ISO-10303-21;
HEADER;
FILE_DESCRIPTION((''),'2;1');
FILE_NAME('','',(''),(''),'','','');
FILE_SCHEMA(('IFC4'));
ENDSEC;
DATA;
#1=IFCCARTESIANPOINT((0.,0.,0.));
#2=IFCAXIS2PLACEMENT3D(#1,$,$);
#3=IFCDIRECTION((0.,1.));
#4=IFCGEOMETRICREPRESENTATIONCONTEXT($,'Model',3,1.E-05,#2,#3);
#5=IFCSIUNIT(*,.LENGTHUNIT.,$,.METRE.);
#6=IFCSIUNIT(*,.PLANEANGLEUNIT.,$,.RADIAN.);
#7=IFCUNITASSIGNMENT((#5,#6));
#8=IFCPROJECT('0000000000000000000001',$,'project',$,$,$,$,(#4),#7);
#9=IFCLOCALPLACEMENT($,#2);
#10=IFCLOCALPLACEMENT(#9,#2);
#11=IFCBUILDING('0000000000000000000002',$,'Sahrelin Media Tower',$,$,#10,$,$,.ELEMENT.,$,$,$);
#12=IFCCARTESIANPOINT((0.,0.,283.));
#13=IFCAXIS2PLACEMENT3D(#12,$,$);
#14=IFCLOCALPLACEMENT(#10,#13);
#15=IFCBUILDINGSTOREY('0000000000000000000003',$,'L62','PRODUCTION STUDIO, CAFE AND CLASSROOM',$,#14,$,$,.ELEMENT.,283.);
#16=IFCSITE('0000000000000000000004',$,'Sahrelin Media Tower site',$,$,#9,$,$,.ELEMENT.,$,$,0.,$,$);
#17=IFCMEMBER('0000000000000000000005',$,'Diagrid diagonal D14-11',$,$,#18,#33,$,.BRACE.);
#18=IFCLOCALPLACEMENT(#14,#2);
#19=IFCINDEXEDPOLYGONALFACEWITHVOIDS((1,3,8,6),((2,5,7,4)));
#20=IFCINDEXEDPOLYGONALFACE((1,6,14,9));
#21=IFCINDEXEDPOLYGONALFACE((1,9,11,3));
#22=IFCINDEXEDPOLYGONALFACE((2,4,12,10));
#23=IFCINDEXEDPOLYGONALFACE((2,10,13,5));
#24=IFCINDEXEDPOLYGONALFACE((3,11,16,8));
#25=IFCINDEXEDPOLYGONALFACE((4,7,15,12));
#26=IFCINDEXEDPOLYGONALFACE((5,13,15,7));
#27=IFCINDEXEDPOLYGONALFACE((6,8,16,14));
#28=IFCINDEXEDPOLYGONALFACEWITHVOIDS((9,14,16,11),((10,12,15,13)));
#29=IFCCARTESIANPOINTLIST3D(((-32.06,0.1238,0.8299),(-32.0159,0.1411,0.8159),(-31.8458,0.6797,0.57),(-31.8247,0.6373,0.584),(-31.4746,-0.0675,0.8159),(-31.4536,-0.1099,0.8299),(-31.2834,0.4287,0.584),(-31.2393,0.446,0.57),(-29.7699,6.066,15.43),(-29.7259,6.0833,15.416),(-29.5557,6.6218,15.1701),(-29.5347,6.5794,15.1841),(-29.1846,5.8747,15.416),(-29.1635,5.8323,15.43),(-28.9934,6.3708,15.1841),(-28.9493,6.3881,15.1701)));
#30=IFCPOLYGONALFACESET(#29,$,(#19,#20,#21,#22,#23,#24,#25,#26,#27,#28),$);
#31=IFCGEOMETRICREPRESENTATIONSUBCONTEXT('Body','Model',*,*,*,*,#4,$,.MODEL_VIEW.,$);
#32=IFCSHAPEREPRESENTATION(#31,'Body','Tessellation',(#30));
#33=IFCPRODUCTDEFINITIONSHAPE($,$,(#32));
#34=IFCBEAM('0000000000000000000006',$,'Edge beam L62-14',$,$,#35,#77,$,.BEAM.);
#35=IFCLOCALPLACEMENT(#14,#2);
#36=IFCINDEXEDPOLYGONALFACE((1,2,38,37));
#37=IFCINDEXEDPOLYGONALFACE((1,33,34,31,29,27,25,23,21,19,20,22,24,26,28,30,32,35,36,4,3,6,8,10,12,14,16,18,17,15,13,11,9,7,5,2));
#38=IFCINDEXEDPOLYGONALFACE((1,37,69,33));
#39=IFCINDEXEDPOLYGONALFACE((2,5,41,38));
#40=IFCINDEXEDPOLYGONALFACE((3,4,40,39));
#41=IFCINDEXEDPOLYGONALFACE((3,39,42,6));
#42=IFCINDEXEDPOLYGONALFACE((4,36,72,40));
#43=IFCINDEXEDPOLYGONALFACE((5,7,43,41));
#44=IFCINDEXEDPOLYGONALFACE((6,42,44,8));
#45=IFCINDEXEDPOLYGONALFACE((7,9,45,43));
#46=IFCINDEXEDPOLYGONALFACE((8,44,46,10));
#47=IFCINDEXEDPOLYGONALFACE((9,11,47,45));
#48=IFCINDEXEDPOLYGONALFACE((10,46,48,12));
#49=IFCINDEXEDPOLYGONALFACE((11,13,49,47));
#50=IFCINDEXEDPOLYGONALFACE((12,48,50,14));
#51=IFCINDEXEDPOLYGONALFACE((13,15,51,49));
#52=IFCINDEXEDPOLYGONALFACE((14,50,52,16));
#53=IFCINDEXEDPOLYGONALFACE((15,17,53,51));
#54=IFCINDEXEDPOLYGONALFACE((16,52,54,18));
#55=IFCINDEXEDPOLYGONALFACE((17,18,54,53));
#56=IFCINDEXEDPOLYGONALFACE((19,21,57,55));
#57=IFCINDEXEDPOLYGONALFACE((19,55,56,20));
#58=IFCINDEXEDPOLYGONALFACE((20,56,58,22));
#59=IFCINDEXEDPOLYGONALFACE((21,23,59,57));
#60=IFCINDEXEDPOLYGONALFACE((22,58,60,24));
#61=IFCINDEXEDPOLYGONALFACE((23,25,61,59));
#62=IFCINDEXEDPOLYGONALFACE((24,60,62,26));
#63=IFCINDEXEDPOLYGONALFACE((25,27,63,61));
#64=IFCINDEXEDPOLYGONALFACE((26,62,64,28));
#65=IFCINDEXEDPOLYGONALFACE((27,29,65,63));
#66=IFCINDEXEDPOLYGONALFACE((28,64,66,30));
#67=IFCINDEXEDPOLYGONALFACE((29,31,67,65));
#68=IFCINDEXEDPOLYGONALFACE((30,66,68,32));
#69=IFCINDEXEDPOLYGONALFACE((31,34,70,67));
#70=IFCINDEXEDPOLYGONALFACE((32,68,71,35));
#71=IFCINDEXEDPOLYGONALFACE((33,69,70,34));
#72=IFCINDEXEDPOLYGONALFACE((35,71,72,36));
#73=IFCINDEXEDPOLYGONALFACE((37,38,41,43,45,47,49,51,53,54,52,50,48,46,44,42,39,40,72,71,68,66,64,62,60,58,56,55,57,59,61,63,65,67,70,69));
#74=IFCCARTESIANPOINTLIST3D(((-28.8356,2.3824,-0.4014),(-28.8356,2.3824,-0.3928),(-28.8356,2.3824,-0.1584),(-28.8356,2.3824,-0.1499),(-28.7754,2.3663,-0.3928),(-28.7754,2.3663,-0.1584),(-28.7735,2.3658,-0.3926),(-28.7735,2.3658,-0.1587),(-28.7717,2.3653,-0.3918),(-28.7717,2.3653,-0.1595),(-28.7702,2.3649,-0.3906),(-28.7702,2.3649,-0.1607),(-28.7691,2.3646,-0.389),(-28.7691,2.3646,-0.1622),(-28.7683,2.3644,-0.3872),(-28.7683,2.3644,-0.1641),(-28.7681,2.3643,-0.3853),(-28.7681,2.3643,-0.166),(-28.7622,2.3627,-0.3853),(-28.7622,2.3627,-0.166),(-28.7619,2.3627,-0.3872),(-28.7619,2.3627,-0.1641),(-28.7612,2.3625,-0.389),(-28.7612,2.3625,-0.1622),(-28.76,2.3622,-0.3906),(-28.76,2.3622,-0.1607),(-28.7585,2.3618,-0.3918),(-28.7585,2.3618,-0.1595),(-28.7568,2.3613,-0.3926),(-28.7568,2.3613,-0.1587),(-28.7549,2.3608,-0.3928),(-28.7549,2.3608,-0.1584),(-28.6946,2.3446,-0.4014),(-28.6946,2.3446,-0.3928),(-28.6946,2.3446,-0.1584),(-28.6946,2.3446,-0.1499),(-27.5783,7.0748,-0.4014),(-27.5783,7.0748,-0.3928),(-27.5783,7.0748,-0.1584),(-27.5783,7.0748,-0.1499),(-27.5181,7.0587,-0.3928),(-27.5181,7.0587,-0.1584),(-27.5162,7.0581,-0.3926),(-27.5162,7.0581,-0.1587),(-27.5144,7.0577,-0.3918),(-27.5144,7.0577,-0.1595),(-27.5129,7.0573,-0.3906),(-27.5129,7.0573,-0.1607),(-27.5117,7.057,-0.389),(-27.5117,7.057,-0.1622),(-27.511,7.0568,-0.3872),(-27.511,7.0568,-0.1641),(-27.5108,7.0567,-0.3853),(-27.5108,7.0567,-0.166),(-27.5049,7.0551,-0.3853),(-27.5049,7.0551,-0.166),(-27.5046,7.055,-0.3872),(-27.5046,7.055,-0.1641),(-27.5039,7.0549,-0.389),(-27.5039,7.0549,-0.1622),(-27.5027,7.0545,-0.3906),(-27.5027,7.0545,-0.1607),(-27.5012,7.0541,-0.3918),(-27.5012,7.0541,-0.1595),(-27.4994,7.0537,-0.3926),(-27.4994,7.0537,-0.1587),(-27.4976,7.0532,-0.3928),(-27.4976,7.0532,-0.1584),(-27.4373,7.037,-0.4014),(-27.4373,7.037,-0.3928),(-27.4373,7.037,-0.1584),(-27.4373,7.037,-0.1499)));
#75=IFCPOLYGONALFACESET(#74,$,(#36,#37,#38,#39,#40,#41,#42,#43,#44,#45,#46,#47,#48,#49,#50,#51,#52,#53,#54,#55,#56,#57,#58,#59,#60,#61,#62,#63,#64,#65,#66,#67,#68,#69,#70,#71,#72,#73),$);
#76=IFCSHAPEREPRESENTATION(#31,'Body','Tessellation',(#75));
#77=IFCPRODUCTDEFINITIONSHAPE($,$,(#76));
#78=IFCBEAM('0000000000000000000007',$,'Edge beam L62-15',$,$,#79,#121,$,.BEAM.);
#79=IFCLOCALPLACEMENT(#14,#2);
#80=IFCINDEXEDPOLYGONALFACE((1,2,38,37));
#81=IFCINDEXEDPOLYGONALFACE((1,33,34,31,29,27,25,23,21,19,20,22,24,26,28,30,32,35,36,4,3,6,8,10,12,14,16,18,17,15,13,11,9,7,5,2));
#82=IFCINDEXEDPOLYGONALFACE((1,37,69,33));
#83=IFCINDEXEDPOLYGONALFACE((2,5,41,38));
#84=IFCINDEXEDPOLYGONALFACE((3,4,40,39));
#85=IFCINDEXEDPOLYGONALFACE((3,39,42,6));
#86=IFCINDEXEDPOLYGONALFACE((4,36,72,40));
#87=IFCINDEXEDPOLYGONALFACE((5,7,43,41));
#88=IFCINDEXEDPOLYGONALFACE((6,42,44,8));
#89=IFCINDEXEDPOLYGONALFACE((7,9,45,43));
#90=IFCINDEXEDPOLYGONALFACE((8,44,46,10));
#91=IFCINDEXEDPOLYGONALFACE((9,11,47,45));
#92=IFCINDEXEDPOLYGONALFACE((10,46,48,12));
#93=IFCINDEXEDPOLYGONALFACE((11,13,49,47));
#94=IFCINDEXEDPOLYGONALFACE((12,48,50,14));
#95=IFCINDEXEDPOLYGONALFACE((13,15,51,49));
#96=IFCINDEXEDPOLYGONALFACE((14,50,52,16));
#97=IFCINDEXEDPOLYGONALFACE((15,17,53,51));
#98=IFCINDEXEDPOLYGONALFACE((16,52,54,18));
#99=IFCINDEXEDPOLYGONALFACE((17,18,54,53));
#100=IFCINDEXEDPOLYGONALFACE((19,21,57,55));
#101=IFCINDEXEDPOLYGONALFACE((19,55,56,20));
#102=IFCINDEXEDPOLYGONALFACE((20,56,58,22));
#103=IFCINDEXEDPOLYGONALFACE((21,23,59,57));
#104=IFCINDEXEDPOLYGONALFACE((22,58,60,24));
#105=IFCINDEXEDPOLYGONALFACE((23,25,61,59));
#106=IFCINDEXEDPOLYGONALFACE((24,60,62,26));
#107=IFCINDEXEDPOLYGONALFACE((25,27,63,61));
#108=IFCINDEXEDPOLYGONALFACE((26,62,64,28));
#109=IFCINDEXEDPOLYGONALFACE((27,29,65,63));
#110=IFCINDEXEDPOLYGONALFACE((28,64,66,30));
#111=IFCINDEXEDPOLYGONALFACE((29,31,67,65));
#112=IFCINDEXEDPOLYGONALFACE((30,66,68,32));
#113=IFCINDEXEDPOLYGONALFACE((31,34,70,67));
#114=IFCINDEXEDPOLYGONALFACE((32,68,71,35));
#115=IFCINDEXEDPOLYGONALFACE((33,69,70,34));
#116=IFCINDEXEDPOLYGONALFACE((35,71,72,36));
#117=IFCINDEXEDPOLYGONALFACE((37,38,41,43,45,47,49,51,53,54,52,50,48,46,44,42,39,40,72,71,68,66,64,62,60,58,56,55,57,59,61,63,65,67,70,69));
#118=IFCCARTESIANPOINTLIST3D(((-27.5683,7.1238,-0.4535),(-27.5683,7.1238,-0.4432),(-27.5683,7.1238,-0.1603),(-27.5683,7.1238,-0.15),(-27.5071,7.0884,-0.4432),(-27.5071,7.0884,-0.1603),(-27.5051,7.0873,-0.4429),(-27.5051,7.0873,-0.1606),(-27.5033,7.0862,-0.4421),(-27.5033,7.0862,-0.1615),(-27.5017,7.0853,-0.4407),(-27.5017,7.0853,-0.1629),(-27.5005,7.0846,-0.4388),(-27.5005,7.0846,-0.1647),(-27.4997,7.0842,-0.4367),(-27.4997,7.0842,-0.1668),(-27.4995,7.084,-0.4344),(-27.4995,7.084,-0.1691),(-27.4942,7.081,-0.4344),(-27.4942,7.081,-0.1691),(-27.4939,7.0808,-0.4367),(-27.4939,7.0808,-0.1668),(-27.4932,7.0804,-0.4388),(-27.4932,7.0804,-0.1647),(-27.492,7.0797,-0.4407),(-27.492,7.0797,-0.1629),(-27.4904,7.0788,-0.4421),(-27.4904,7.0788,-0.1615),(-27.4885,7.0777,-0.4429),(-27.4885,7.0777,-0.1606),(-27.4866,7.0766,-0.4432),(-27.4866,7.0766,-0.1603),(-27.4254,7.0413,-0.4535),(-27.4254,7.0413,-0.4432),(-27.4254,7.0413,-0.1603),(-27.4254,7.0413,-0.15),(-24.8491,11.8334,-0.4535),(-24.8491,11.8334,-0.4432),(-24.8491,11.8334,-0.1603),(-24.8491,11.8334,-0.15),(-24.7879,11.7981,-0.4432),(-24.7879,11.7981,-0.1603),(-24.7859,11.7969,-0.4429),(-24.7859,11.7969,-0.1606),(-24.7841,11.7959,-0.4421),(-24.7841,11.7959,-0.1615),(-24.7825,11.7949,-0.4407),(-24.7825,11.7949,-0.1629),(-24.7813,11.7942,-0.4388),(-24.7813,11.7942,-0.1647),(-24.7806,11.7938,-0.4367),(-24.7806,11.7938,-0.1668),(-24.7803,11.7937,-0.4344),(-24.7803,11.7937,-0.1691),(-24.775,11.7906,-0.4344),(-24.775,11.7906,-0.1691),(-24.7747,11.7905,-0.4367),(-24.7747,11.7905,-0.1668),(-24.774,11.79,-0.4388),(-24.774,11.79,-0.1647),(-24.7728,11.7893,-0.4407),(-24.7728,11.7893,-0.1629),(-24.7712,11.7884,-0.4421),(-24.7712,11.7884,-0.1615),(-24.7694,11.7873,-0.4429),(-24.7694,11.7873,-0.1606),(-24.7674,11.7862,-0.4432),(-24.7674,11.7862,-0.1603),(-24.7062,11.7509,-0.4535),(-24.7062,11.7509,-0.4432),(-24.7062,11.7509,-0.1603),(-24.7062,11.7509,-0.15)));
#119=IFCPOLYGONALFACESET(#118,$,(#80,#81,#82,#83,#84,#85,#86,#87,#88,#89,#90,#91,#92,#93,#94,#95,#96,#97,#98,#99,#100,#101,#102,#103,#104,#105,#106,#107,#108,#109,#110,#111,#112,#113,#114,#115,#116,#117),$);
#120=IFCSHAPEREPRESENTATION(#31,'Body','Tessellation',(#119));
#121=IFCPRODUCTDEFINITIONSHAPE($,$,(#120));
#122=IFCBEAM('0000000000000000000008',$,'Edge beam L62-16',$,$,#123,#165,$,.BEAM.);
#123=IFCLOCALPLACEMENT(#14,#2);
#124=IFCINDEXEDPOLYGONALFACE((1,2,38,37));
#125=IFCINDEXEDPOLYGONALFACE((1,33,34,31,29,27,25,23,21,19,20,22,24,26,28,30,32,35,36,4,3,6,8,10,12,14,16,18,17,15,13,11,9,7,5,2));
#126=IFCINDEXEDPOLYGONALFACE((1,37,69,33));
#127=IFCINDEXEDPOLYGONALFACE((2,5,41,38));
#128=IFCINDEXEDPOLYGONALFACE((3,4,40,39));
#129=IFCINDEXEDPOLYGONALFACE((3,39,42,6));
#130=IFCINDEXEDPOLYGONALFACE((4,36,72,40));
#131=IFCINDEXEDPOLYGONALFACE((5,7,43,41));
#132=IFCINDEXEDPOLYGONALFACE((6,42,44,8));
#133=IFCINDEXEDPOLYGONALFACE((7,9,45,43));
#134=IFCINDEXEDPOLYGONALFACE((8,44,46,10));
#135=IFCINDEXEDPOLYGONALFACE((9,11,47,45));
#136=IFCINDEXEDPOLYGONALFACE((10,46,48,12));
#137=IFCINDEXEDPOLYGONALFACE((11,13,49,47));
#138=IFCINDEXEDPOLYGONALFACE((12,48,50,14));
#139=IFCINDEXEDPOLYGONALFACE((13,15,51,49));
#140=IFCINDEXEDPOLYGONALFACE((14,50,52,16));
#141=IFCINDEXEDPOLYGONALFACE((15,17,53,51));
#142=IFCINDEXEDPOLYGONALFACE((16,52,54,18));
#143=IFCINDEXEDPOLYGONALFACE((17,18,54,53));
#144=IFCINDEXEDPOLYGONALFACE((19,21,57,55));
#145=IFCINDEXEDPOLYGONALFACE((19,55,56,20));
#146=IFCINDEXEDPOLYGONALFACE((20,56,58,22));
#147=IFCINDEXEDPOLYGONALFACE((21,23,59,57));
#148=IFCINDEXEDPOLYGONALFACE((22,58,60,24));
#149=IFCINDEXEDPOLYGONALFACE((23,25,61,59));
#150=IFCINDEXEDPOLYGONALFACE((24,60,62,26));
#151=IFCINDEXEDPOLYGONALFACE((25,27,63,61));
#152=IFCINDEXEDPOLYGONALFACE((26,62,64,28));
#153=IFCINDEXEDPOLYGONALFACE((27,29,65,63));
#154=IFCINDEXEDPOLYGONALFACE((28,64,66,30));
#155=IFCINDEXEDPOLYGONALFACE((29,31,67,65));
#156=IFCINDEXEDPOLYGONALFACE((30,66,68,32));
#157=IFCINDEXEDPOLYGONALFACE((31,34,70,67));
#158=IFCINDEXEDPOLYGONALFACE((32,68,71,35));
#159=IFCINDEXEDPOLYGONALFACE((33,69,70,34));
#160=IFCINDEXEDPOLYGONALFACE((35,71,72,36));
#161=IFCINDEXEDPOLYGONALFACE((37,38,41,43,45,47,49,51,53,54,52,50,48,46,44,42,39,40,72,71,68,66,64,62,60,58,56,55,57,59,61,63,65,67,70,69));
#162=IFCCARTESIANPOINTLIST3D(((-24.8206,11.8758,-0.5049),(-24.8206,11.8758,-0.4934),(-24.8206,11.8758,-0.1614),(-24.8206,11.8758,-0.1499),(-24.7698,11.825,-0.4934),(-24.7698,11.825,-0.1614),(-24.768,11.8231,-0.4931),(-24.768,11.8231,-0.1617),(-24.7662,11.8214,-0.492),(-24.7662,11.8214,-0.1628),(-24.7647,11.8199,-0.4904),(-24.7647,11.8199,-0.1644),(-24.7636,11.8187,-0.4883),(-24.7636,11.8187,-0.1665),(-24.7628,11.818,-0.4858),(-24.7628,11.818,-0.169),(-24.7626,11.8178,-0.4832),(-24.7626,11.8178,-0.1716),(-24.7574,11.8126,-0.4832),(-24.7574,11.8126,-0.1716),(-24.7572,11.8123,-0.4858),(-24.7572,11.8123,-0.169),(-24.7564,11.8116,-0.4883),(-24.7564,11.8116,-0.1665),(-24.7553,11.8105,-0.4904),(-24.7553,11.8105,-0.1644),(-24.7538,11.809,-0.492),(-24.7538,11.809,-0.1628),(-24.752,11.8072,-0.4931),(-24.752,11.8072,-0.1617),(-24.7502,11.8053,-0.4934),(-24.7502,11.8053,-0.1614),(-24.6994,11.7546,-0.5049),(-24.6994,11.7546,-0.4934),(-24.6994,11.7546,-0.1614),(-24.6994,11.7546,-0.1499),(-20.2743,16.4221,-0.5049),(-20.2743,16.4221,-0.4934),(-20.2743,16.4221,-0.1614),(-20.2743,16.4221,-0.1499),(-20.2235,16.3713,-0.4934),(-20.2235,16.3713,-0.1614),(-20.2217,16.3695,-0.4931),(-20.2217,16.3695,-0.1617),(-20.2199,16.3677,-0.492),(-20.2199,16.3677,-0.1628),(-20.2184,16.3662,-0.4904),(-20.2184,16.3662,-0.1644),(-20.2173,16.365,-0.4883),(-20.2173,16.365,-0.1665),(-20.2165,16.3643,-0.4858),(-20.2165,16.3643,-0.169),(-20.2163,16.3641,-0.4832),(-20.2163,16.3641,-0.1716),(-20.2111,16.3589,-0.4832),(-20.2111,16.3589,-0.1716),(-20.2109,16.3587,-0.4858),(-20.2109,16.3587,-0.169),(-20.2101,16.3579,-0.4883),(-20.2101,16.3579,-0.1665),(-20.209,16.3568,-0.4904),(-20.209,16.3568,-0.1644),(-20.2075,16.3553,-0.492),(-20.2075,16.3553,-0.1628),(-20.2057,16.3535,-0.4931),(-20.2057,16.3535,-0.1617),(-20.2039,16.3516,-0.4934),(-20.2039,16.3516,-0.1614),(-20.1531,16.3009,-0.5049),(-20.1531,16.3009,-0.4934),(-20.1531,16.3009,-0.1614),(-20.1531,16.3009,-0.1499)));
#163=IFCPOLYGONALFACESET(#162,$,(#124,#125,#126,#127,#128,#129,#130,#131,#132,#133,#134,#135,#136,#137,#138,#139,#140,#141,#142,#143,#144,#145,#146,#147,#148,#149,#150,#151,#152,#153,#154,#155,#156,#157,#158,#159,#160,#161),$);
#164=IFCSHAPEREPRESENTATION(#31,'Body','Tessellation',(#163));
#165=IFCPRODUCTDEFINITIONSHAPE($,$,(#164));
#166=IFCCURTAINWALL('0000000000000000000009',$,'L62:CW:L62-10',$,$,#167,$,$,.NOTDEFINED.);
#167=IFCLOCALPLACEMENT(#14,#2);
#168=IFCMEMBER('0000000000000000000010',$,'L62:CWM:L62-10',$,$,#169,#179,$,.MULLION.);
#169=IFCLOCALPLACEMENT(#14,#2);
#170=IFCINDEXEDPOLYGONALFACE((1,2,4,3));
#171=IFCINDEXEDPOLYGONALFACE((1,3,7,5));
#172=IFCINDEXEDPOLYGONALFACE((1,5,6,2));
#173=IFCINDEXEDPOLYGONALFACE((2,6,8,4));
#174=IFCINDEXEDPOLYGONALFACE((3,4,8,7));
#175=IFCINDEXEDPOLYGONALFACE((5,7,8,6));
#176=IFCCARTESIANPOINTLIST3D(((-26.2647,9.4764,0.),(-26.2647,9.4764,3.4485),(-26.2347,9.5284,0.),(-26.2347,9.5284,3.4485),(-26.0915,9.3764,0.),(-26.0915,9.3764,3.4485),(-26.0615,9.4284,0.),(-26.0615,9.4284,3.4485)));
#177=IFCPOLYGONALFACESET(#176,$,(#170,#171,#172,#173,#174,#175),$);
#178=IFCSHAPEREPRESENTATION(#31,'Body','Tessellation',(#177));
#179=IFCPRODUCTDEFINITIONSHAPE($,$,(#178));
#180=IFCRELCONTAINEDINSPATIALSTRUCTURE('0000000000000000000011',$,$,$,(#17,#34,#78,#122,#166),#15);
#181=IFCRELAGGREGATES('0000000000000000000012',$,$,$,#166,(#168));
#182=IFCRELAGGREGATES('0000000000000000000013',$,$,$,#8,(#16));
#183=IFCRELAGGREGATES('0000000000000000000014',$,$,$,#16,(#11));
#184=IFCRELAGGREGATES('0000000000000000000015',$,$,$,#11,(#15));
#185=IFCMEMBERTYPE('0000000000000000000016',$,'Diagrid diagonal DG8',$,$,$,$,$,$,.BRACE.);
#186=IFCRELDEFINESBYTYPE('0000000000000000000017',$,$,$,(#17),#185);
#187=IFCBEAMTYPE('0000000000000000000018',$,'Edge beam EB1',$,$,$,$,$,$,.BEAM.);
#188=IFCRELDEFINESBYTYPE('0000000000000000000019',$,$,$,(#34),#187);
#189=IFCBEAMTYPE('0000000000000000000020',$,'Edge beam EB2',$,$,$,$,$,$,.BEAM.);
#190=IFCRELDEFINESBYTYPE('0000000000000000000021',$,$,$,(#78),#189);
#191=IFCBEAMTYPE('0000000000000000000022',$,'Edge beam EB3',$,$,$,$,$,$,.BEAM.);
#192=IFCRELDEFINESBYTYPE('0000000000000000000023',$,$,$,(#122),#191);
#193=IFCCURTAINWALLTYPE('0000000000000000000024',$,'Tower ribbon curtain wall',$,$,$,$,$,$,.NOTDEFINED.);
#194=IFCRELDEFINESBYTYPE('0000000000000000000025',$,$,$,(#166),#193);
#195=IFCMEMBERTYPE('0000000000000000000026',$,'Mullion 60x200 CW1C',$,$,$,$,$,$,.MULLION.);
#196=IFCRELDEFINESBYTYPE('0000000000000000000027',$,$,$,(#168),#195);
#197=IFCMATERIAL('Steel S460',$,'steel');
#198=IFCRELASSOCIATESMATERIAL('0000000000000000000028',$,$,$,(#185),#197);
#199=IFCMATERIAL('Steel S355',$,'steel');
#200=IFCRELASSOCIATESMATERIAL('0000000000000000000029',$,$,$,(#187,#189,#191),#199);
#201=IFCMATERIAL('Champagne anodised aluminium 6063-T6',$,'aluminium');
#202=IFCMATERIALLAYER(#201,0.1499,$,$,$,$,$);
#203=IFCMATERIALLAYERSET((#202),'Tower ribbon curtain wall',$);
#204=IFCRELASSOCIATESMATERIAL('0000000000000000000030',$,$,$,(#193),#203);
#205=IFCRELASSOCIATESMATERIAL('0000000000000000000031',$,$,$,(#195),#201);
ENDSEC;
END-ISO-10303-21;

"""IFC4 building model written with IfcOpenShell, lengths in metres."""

from ifc_helpers import new_model, si_unit, direction, frame, origin, origin_2d, place, context, subcontext, project, spatial, rectangle, hollow_rectangle, i_section, extrude, material, layer, layer_set, material_profile, profile_set, type_object, element, aggregate, save


model = new_model("IFC4")

# Units and contexts
model_context = context("Model", 3, precision=1e-05, world=origin(), true_north=direction((0.0, 1.0)))
body_context = subcontext(model_context, "Body", "Model", "MODEL_VIEW")
ifc_project = project(units=[si_unit("LENGTHUNIT", "METRE"), si_unit("PLANEANGLEUNIT", "RADIAN")], contexts=[model_context])

# Site, building, storey
site_placement = place(None, origin())
site = spatial("IfcSite", under=ifc_project, at=site_placement, Name="Sahrelin Media Tower site", CompositionType="ELEMENT", RefElevation=0.0)
building_placement = place(site_placement, origin())
building = spatial("IfcBuilding", under=site, at=building_placement, Name="Sahrelin Media Tower", CompositionType="ELEMENT")
storey_placement = place(building_placement, frame((0.0, 0.0, 283.0)))
storey = spatial("IfcBuildingStorey", under=building, at=storey_placement, Name="L62", Description="PRODUCTION STUDIO, CAFE AND CLASSROOM", CompositionType="ELEMENT", Elevation=283.0)

# Member
ifc_material_1 = material(Name="Steel S460", Category="steel")
ifc_material_profile_1 = material_profile(ifc_material_1, hollow_rectangle(XDim=0.6499, YDim=0.6499, WallThickness=0.0349, at=origin_2d()), Name="Diagrid diagonal DG8")
ifc_profile_set_1 = profile_set([ifc_material_profile_1], Name="Steel S460")
member_type_1 = type_object("IfcMemberType", Name="Diagrid diagonal DG8", PredefinedType="BRACE", material=ifc_profile_set_1)
member_1_placement = place(storey_placement, frame((-31.6497, 0.2849, 0.7), z_axis=(0.14377, 0.373051, 0.916604), x_axis=(-0.933103, 0.359608, 0.0)))
element("IfcMember", 1, at=member_1_placement, inside=storey, type_object=member_type_1, Name="Diagrid diagonal D14-11", PredefinedType="BRACE", context=body_context, shape_type="SweptSolid", body=[
    extrude(hollow_rectangle(XDim=0.6499, YDim=0.6499, WallThickness=0.0349, at=origin_2d()), origin(), (0.0, 0.0, 1.0), 15.9285),
])

# Beams
ifc_material_2 = material(Name="Steel S355", Category="steel")
ifc_material_profile_2 = material_profile(ifc_material_2, i_section(OverallWidth=0.146, OverallDepth=0.2515, WebThickness=0.0061, FlangeThickness=0.0085, FilletRadius=0.0076, at=origin_2d()), Name="UB 254x146x31")
ifc_profile_set_2 = profile_set([ifc_material_profile_2], Name="Steel S355")
beam_type_1 = type_object("IfcBeamType", Name="Edge beam EB1", PredefinedType="BEAM", material=ifc_profile_set_2)
beam_1_placement = place(storey_placement, frame((-28.7651, 2.3635, -0.2756), z_axis=(0.25882, 0.965926, 0.0), x_axis=(-0.965926, 0.25882, 0.0)))
element("IfcBeam", 2, at=beam_1_placement, inside=storey, type_object=beam_type_1, Name="Edge beam L62-14", PredefinedType="BEAM", context=body_context, shape_type="SweptSolid", body=[
    extrude(i_section(OverallWidth=0.146, OverallDepth=0.2515, WebThickness=0.0061, FlangeThickness=0.0085, FilletRadius=0.0076, at=origin_2d()), origin(), (0.0, 0.0, 1.0), 4.8579),
])
ifc_material_profile_3 = material_profile(ifc_material_2, i_section(OverallWidth=0.165, OverallDepth=0.3035, WebThickness=0.0061, FlangeThickness=0.0103, FilletRadius=0.0088, at=origin_2d()), Name="UB 305x165x40")
ifc_profile_set_3 = profile_set([ifc_material_profile_3], Name="Steel S355")
beam_type_2 = type_object("IfcBeamType", Name="Edge beam EB2", PredefinedType="BEAM", material=ifc_profile_set_3)
beam_2_placement = place(storey_placement, frame((-27.4968, 7.0825, -0.3018), z_axis=(0.500011, 0.866019, 0.0), x_axis=(-0.866019, 0.500011, 0.0)))
element("IfcBeam", 3, at=beam_2_placement, inside=storey, type_object=beam_type_2, Name="Edge beam L62-15", PredefinedType="BEAM", context=body_context, shape_type="SweptSolid", body=[
    extrude(i_section(OverallWidth=0.165, OverallDepth=0.3035, WebThickness=0.0061, FlangeThickness=0.0103, FilletRadius=0.0088, at=origin_2d()), origin(), (0.0, 0.0, 1.0), 5.4382),
])
ifc_material_profile_4 = material_profile(ifc_material_2, i_section(OverallWidth=0.1714, OverallDepth=0.355, WebThickness=0.0073, FlangeThickness=0.0115, FilletRadius=0.0103, at=origin_2d()), Name="UB 356x171x51")
ifc_profile_set_4 = profile_set([ifc_material_profile_4], Name="Steel S355")
beam_type_3 = type_object("IfcBeamType", Name="Edge beam EB3", PredefinedType="BEAM", material=ifc_profile_set_4)
beam_3_placement = place(storey_placement, frame((-24.76, 11.8152, -0.3274), z_axis=(0.707107, 0.707107, 0.0), x_axis=(-0.707107, 0.707107, 0.0)))
element("IfcBeam", 4, at=beam_3_placement, inside=storey, type_object=beam_type_3, Name="Edge beam L62-16", PredefinedType="BEAM", context=body_context, shape_type="SweptSolid", body=[
    extrude(i_section(OverallWidth=0.1714, OverallDepth=0.355, WebThickness=0.0073, FlangeThickness=0.0115, FilletRadius=0.0103, at=origin_2d()), origin(), (0.0, 0.0, 1.0), 6.4294),
])

# Curtain wall, member
ifc_material_3 = material(Name="Champagne anodised aluminium 6063-T6", Category="aluminium")
ifc_layer_1 = layer(ifc_material_3, 0.1499)
ifc_layer_set_1 = layer_set([ifc_layer_1], Name="Tower ribbon curtain wall")
curtain_wall_type = type_object("IfcCurtainWallType", Name="Tower ribbon curtain wall", PredefinedType="NOTDEFINED", material=ifc_layer_set_1)
curtain_wall_1_placement = place(storey_placement, frame((-26.2671, 9.5125, 0.0), z_axis=(0.0, 0.0, 1.0), x_axis=(1.0, 0.0, 0.0)))
curtain_wall_1 = element("IfcCurtainWall", 5, at=curtain_wall_1_placement, inside=storey, type_object=curtain_wall_type, Name="L62:CW:L62-10", PredefinedType="NOTDEFINED")
ifc_material_profile_5 = material_profile(ifc_material_3, rectangle(XDim=0.0601, YDim=0.2, at=origin_2d()), Name="Mullion 60x200")
ifc_profile_set_5 = profile_set([ifc_material_profile_5], Name="Champagne anodised aluminium 6063-T6")
member_type_2 = type_object("IfcMemberType", Name="Mullion 60x200 CW1C", PredefinedType="MULLION", material=ifc_profile_set_5)
member_2_placement = place(storey_placement, frame((-26.1631, 9.4524, 0.0), z_axis=(0.0, 0.0, 1.0), x_axis=(-0.5, -0.866025, 0.0)))
member_2 = element("IfcMember", 6, at=member_2_placement, type_object=member_type_2, Name="L62:CWM:L62-10", PredefinedType="MULLION", context=body_context, shape_type="SweptSolid", body=[
    extrude(rectangle(XDim=0.0601, YDim=0.2, at=origin_2d()), origin(), (0.0, 0.0, 1.0), 3.4485),
])

aggregate(curtain_wall_1, [member_2])

save(model, "model.ifc")
